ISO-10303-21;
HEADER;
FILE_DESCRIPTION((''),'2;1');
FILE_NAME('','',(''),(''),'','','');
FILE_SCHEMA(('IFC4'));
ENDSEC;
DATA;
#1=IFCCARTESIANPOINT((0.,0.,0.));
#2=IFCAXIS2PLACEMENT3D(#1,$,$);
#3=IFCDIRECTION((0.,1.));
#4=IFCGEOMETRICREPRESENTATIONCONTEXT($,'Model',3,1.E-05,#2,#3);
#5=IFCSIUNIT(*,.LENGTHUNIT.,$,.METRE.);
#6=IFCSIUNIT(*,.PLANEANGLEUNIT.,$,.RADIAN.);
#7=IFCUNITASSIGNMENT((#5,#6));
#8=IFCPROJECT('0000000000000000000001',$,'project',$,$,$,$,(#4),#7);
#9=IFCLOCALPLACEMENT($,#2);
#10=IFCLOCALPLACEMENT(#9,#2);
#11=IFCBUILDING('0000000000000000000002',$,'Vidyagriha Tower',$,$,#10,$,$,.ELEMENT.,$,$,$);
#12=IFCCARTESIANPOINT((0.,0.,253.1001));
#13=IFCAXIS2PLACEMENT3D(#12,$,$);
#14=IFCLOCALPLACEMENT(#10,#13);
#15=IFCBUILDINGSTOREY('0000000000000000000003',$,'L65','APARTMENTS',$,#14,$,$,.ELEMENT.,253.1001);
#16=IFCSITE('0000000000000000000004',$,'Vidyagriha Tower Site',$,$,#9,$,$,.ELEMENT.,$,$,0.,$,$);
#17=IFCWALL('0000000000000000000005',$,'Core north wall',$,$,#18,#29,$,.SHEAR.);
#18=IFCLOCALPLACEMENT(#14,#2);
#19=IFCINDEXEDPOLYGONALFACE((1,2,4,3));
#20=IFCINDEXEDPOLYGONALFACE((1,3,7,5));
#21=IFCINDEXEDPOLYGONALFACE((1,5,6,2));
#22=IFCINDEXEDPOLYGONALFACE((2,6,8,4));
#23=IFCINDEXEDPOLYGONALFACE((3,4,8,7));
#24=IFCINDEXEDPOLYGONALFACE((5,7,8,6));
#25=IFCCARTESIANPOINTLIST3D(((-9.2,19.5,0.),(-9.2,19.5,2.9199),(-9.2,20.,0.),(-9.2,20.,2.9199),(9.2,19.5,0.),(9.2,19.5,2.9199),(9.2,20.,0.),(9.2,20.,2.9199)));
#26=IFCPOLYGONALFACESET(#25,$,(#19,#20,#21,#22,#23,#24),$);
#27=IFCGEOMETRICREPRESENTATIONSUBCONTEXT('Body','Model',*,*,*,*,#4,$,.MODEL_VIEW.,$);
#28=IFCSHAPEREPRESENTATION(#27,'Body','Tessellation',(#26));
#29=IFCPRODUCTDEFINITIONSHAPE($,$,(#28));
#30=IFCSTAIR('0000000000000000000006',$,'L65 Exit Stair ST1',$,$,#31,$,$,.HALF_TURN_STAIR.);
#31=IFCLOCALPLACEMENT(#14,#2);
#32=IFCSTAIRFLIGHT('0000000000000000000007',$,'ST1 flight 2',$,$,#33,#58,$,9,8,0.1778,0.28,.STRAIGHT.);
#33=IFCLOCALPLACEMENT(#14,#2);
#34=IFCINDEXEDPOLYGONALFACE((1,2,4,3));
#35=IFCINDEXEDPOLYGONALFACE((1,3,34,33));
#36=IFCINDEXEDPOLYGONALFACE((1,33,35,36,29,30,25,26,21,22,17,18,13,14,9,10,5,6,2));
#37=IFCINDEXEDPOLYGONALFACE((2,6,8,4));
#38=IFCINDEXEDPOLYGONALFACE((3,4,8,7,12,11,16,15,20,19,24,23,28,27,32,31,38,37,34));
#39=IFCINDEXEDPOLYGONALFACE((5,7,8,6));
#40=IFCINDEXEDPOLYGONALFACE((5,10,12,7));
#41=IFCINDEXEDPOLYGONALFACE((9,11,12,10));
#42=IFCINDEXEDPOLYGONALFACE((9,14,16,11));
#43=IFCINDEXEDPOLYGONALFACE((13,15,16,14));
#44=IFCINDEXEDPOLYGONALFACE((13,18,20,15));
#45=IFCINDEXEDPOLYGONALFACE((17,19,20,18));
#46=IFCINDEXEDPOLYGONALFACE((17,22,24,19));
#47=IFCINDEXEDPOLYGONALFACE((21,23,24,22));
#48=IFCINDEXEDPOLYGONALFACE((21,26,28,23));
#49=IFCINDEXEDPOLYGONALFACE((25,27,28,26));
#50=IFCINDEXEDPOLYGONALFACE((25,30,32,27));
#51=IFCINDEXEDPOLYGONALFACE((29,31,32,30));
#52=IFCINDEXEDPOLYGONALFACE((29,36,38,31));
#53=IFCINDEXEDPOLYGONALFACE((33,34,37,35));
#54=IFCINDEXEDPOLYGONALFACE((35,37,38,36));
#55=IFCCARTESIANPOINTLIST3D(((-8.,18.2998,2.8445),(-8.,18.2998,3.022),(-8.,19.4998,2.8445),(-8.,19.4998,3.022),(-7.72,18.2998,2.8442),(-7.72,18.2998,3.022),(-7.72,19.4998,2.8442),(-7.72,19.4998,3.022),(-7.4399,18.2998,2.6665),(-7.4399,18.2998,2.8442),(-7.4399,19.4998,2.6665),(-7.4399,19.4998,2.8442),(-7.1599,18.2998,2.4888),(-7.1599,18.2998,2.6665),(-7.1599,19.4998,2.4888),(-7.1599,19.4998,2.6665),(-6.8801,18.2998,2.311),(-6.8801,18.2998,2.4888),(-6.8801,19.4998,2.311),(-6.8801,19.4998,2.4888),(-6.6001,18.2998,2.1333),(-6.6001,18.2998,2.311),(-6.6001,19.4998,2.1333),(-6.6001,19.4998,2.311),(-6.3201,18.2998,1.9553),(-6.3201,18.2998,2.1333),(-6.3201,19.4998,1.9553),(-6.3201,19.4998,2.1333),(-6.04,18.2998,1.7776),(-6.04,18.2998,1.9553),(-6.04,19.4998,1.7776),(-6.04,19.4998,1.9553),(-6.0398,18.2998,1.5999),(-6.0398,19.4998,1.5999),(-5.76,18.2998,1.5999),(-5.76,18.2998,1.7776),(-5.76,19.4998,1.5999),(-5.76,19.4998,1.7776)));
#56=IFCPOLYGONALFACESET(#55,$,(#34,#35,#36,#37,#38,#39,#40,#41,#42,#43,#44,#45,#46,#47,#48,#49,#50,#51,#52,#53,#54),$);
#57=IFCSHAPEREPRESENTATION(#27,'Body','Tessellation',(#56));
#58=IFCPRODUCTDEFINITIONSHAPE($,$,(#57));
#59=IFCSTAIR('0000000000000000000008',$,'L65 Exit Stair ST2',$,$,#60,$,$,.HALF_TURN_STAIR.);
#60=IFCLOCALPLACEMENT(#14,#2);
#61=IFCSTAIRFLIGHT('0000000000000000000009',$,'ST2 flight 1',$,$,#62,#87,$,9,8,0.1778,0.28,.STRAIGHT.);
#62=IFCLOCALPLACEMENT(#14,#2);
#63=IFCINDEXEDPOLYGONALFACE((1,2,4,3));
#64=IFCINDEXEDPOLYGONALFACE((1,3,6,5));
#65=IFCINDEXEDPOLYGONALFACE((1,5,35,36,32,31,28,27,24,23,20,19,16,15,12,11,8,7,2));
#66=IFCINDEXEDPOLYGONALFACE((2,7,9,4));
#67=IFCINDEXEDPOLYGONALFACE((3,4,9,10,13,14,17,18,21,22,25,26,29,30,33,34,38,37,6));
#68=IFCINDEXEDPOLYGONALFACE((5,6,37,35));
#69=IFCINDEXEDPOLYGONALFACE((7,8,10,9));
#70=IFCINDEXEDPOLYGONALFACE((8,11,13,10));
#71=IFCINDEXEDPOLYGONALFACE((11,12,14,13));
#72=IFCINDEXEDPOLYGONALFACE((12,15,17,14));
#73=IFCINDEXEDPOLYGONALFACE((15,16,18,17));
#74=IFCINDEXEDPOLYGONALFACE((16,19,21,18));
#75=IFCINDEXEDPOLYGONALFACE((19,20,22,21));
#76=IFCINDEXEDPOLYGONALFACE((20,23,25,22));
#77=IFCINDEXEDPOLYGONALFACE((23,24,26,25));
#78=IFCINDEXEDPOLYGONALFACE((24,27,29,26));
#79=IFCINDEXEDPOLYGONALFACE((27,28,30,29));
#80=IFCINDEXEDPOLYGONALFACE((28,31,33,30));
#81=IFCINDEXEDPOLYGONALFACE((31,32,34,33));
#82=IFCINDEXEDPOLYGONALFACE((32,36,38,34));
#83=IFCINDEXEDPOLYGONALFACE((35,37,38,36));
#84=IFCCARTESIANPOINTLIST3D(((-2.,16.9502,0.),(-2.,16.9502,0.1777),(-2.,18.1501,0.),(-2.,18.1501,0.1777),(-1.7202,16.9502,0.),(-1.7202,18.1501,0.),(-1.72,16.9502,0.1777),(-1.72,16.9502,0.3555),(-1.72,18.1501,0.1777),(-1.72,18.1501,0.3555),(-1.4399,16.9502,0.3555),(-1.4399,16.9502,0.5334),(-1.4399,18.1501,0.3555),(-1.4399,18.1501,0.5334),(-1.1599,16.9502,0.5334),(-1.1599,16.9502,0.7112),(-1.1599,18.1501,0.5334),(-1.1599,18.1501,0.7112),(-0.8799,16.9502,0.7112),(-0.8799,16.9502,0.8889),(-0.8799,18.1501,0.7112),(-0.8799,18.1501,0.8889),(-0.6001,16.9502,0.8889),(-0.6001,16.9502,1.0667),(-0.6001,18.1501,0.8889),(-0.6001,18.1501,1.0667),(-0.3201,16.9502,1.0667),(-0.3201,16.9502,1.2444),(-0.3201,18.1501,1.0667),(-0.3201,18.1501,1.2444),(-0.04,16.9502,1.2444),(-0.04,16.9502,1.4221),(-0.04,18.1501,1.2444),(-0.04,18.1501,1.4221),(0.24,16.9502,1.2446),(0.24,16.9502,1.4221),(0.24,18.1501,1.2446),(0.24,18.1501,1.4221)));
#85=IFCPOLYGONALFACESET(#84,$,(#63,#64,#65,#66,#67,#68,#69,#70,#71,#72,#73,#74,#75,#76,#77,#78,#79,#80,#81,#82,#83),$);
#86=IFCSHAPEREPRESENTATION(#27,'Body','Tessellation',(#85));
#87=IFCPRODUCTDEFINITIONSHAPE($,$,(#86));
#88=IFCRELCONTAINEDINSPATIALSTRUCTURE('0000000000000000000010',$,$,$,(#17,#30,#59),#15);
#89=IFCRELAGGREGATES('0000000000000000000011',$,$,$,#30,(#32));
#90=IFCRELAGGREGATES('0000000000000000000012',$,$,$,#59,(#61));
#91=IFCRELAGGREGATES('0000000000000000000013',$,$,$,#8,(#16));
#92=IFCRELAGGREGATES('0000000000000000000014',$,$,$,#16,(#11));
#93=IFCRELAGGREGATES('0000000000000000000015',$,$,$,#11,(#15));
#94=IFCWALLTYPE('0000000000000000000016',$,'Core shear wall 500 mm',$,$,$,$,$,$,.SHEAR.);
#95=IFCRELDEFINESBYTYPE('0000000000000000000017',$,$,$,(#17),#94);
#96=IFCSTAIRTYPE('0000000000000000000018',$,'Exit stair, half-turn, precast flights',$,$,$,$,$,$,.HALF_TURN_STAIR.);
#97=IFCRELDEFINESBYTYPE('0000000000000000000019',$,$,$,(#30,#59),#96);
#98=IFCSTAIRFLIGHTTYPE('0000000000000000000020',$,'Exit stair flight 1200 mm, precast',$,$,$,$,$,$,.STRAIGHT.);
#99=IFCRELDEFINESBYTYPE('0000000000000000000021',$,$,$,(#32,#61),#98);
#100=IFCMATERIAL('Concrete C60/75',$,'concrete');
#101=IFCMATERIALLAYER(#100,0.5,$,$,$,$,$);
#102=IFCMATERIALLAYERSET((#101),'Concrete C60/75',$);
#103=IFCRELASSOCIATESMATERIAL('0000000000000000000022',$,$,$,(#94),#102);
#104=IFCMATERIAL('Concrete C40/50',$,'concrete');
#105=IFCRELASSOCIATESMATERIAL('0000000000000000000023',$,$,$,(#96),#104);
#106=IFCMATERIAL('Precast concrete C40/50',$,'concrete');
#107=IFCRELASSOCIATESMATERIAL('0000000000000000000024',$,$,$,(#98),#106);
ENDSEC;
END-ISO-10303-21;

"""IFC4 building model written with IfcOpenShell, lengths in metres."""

from ifc_helpers import new_model, si_unit, direction, frame, frame_2d, origin, place, context, subcontext, project, spatial, polyline, rectangle, outline, extrude, material, layer, layer_set, type_object, element, aggregate, save


model = new_model("IFC4")

# Units and contexts
model_context = context("Model", 3, precision=1e-05, world=origin(), true_north=direction((0.0, 1.0)))
body_context = subcontext(model_context, "Body", "Model", "MODEL_VIEW")
ifc_project = project(units=[si_unit("LENGTHUNIT", "METRE"), si_unit("PLANEANGLEUNIT", "RADIAN")], contexts=[model_context])

# Site, building, storey
site_placement = place(None, origin())
site = spatial("IfcSite", under=ifc_project, at=site_placement, Name="Vidyagriha Tower Site", CompositionType="ELEMENT", RefElevation=0.0)
building_placement = place(site_placement, origin())
building = spatial("IfcBuilding", under=site, at=building_placement, Name="Vidyagriha Tower", CompositionType="ELEMENT")
storey_placement = place(building_placement, frame((0.0, 0.0, 253.1001)))
storey = spatial("IfcBuildingStorey", under=building, at=storey_placement, Name="L65", Description="APARTMENTS", CompositionType="ELEMENT", Elevation=253.1001)

# Wall
ifc_material_1 = material(Name="Concrete C60/75", Category="concrete")
ifc_layer_1 = layer(ifc_material_1, 0.5)
ifc_layer_set_1 = layer_set([ifc_layer_1], Name="Concrete C60/75")
wall_type = type_object("IfcWallType", Name="Core shear wall 500 mm", PredefinedType="SHEAR", material=ifc_layer_set_1)
wall_placement = place(storey_placement, frame((-9.2, 19.75, 0.0)))
element("IfcWall", 1, at=wall_placement, inside=storey, type_object=wall_type, Name="Core north wall", PredefinedType="SHEAR", context=body_context, shape_type="SweptSolid", body=[
    extrude(rectangle(XDim=18.3999, YDim=0.5, at=frame_2d((9.2, 0.0))), origin(), (0.0, 0.0, 1.0), 2.9199),
])

# Stairs, stair flights
ifc_material_2 = material(Name="Concrete C40/50", Category="concrete")
stair_type = type_object("IfcStairType", Name="Exit stair, half-turn, precast flights", PredefinedType="HALF_TURN_STAIR", material=ifc_material_2)
stair_1_placement = place(storey_placement, origin())
stair_1 = element("IfcStair", 2, at=stair_1_placement, inside=storey, type_object=stair_type, Name="L65 Exit Stair ST1", PredefinedType="HALF_TURN_STAIR")
ifc_material_3 = material(Name="Precast concrete C40/50", Category="concrete")
stair_flight_type = type_object("IfcStairFlightType", Name="Exit stair flight 1200 mm, precast", PredefinedType="STRAIGHT", material=ifc_material_3)
stair_flight_1_placement = place(storey_placement, frame((-5.76, 18.8999, 1.5999), z_axis=(0.0, 0.0, 1.0), x_axis=(-1.0, 0.0, 0.0)))
stair_flight_1 = element("IfcStairFlight", 3, at=stair_flight_1_placement, type_object=stair_flight_type, Name="ST1 flight 2", NumberOfRisers=9, NumberOfTreads=8, PredefinedType="STRAIGHT", RiserHeight=0.1778, TreadLength=0.28, context=body_context, shape_type="SweptSolid", body=[
    extrude(outline(polyline([(0.0, 0.0), (0.0, 0.1777), (0.28, 0.1777), (0.28, 0.3555), (0.5601, 0.3555), (0.5601, 0.5334), (0.8401, 0.5334), (0.8401, 0.7112), (1.1201, 0.7112), (1.1201, 0.8889), (1.3999, 0.8889), (1.3999, 1.0667), (1.6799, 1.0667), (1.6799, 1.2444), (1.96, 1.2444), (1.96, 1.4221), (2.24, 1.4221), (2.24, 1.6001), (2.24, 1.2446), (0.2798, 0.0), (0.0, 0.0)])), frame((0.0, 0.6001, 0.0), z_axis=(0.0, -1.0, 0.0), x_axis=(1.0, 0.0, 0.0)), (0.0, 0.0, 1.0), 1.2),
])
aggregate(stair_1, [stair_flight_1])
stair_2_placement = place(storey_placement, origin())
stair_2 = element("IfcStair", 4, at=stair_2_placement, inside=storey, type_object=stair_type, Name="L65 Exit Stair ST2", PredefinedType="HALF_TURN_STAIR")
stair_flight_2_placement = place(storey_placement, frame((-2.0, 17.55, 0.0)))
stair_flight_2 = element("IfcStairFlight", 5, at=stair_flight_2_placement, type_object=stair_flight_type, Name="ST2 flight 1", NumberOfRisers=9, NumberOfTreads=8, PredefinedType="STRAIGHT", RiserHeight=0.1778, TreadLength=0.28, context=body_context, shape_type="SweptSolid", body=[
    extrude(outline(polyline([(0.0, 0.0), (0.0, 0.1777), (0.28, 0.1777), (0.28, 0.3555), (0.5601, 0.3555), (0.5601, 0.5334), (0.8401, 0.5334), (0.8401, 0.7112), (1.1201, 0.7112), (1.1201, 0.8889), (1.3999, 0.8889), (1.3999, 1.0667), (1.6799, 1.0667), (1.6799, 1.2444), (1.96, 1.2444), (1.96, 1.4221), (2.24, 1.4221), (2.24, 1.6001), (2.24, 1.2446), (0.2798, 0.0), (0.0, 0.0)])), frame((0.0, 0.6001, 0.0), z_axis=(0.0, -1.0, 0.0), x_axis=(1.0, 0.0, 0.0)), (0.0, 0.0, 1.0), 1.2),
])
aggregate(stair_2, [stair_flight_2])

save(model, "model.ifc")
